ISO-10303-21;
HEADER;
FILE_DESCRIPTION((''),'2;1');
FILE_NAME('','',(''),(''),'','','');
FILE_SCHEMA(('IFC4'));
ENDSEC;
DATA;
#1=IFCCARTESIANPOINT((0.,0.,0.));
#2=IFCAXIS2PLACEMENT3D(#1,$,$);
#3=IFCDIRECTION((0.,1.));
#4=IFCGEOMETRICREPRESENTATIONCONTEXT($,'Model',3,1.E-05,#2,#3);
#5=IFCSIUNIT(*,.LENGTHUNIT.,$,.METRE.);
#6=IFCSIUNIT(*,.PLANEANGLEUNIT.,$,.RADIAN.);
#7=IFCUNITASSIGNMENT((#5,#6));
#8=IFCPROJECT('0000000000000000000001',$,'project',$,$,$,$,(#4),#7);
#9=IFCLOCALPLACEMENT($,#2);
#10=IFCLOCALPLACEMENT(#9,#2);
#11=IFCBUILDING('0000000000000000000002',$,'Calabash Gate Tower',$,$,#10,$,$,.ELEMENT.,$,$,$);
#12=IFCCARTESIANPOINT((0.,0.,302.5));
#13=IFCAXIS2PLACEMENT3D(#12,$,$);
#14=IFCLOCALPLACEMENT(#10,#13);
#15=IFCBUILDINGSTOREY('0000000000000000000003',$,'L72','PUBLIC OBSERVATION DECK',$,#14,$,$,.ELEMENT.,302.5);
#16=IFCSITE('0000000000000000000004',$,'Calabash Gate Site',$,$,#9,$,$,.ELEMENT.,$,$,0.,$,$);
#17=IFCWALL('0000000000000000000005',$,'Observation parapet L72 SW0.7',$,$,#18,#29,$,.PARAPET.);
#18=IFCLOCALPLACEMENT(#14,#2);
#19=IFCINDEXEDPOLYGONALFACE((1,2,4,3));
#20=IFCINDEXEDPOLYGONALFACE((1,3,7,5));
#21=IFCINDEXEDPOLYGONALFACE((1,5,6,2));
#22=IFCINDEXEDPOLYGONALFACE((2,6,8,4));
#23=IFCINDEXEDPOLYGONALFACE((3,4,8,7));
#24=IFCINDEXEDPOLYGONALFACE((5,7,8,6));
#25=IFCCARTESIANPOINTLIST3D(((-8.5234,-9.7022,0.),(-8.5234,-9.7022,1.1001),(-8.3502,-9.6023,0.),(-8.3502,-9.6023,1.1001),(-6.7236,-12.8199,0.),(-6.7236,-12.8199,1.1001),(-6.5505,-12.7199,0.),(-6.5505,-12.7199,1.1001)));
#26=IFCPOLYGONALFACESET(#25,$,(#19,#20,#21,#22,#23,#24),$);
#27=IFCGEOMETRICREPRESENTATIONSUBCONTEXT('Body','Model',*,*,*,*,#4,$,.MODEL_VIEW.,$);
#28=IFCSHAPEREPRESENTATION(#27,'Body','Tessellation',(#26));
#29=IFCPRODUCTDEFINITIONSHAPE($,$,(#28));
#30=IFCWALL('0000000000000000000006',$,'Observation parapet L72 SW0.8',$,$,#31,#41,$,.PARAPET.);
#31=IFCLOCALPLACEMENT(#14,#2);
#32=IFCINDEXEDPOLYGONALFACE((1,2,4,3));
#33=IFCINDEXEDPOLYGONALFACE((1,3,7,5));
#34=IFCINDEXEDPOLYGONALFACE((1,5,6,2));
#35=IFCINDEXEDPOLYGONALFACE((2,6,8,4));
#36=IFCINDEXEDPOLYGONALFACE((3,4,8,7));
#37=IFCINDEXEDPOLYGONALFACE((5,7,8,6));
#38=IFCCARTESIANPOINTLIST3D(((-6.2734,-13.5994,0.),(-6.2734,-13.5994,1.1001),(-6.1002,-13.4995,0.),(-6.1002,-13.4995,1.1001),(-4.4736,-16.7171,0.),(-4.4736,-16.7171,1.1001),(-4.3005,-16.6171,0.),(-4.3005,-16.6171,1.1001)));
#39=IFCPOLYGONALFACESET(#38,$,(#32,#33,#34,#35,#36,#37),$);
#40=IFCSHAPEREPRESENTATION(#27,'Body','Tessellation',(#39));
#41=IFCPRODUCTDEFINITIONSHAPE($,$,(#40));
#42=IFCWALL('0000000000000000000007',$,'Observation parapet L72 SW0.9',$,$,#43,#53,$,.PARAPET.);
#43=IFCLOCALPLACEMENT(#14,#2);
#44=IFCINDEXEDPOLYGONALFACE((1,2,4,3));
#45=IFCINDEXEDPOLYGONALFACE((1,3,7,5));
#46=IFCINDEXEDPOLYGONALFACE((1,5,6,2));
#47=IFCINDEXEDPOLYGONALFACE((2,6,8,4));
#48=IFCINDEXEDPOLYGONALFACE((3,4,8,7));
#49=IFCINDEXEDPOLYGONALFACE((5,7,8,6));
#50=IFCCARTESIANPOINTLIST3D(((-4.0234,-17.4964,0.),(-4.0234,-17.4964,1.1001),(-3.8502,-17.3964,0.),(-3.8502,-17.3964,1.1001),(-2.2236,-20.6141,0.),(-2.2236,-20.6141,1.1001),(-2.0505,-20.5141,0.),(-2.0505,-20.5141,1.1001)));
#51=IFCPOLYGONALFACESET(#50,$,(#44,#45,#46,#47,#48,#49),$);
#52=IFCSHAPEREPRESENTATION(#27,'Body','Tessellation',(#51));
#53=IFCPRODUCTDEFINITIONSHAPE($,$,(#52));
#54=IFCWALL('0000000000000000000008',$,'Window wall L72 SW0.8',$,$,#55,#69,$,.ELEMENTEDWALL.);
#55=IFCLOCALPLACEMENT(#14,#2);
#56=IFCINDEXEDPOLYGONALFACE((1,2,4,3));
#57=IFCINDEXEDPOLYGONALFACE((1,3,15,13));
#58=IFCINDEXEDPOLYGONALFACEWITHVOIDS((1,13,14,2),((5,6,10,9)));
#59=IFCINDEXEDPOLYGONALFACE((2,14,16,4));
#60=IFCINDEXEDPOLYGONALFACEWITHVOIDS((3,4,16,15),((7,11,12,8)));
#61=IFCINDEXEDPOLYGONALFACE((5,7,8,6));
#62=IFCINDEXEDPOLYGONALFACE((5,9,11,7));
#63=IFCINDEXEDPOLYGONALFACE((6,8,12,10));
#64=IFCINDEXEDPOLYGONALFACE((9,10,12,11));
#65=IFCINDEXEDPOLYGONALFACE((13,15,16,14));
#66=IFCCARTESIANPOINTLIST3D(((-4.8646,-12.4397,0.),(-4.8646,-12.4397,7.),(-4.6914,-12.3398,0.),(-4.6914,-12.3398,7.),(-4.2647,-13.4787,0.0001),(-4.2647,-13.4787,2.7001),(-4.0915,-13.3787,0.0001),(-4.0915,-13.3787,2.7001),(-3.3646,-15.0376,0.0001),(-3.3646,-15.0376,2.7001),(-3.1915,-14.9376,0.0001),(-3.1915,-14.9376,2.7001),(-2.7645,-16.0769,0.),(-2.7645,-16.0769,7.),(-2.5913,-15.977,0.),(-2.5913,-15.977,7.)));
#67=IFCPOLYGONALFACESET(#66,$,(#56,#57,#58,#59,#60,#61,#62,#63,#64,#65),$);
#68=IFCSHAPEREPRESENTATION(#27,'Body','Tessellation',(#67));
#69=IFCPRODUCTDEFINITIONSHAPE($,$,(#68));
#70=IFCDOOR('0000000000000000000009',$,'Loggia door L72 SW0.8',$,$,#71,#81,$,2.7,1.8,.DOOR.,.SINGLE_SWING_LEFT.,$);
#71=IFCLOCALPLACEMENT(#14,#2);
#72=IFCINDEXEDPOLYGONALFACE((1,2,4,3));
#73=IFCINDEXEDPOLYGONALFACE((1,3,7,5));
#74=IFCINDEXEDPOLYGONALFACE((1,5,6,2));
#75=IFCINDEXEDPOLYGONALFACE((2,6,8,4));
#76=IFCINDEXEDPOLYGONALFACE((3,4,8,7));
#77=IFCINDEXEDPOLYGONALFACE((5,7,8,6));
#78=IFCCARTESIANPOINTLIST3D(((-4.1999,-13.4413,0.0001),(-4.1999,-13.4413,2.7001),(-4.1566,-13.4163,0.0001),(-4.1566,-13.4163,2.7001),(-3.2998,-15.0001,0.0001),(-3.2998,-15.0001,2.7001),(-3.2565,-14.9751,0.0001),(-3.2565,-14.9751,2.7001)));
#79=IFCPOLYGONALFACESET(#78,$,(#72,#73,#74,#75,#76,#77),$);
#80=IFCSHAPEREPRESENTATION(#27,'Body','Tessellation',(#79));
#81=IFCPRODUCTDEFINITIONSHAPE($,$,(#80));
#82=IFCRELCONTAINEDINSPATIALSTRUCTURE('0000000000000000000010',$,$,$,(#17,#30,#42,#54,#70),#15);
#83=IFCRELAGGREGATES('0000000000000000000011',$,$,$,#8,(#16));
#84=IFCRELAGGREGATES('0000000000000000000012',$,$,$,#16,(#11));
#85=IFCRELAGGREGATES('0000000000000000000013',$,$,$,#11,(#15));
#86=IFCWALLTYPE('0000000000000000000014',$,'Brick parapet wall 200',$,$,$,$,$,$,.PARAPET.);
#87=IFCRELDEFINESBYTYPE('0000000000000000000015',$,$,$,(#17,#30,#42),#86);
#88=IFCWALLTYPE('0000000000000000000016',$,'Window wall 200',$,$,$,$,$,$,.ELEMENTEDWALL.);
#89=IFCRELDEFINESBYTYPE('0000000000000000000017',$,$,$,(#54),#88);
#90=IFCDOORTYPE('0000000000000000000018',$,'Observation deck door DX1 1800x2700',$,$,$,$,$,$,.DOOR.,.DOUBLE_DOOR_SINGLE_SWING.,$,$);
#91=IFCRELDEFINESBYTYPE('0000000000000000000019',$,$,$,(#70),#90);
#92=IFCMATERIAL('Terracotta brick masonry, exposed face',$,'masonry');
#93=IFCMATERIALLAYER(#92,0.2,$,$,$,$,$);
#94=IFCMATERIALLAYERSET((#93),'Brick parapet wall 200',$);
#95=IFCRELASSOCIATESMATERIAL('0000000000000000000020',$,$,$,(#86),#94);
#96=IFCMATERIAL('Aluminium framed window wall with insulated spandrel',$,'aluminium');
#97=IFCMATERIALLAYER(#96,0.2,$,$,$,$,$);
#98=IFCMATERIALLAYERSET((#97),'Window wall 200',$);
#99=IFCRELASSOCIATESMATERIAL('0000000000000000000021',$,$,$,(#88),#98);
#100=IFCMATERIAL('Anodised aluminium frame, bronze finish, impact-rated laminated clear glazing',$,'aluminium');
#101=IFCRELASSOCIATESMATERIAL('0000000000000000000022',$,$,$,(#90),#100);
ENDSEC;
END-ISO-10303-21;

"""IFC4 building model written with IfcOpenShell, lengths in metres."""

from ifc_helpers import new_model, si_unit, direction, frame, frame_2d, origin, place, context, subcontext, project, spatial, rectangle, extrude, material, layer, layer_set, type_object, element, fill, save


model = new_model("IFC4")

# Units and contexts
model_context = context("Model", 3, precision=1e-05, world=origin(), true_north=direction((0.0, 1.0)))
body_context = subcontext(model_context, "Body", "Model", "MODEL_VIEW")
ifc_project = project(units=[si_unit("LENGTHUNIT", "METRE"), si_unit("PLANEANGLEUNIT", "RADIAN")], contexts=[model_context])

# Site, building, storey
site_placement = place(None, origin())
site = spatial("IfcSite", under=ifc_project, at=site_placement, Name="Calabash Gate Site", CompositionType="ELEMENT", RefElevation=0.0)
building_placement = place(site_placement, origin())
building = spatial("IfcBuilding", under=site, at=building_placement, Name="Calabash Gate Tower", CompositionType="ELEMENT")
storey_placement = place(building_placement, frame((0.0, 0.0, 302.5)))
storey = spatial("IfcBuildingStorey", under=building, at=storey_placement, Name="L72", Description="PUBLIC OBSERVATION DECK", CompositionType="ELEMENT", Elevation=302.5)

# Walls
ifc_material_1 = material(Name="Terracotta brick masonry, exposed face", Category="masonry")
ifc_layer_1 = layer(ifc_material_1, 0.2)
ifc_layer_set_1 = layer_set([ifc_layer_1], Name="Brick parapet wall 200")
wall_type_1 = type_object("IfcWallType", Name="Brick parapet wall 200", PredefinedType="PARAPET", material=ifc_layer_set_1)
for number, where, z_axis, x_axis, name in (
    (1, (-8.4368, -9.6523, 0.0), (0.0, 0.0, 1.0), (0.499961, -0.866048, 0.0), "Observation parapet L72 SW0.7"),
    (2, (-6.1868, -13.5496, 0.0), (0.0, 0.0, 1.0), (0.499961, -0.866048, 0.0), "Observation parapet L72 SW0.8"),
    (3, (-3.9368, -17.4465, 0.0), (0.0, 0.0, 1.0), (0.499961, -0.866048, 0.0), "Observation parapet L72 SW0.9"),
):
    element("IfcWall", number, at=place(storey_placement, frame(where, z_axis=z_axis, x_axis=x_axis)), inside=storey, type_object=wall_type_1, Name=name, PredefinedType="PARAPET", context=body_context, shape_type="SweptSolid", body=[
        extrude(rectangle(XDim=3.5999, YDim=0.2, at=frame_2d((1.7998, 0.0))), origin(), (0.0, 0.0, 1.0), 1.1001),
    ])

# Wall, opening, door
ifc_material_2 = material(Name="Aluminium framed window wall with insulated spandrel", Category="aluminium")
ifc_layer_2 = layer(ifc_material_2, 0.2)
ifc_layer_set_2 = layer_set([ifc_layer_2], Name="Window wall 200")
wall_type_2 = type_object("IfcWallType", Name="Window wall 200", PredefinedType="ELEMENTEDWALL", material=ifc_layer_set_2)
wall_1_placement = place(storey_placement, frame((-4.7781, -12.3896, 0.0), z_axis=(0.0, 0.0, 1.0), x_axis=(0.500028, -0.866009, 0.0)))
wall_1 = element("IfcWall", 4, at=wall_1_placement, inside=storey, type_object=wall_type_2, Name="Window wall L72 SW0.8", PredefinedType="ELEMENTEDWALL", context=body_context, shape_type="SweptSolid", body=[
    extrude(rectangle(XDim=4.2, YDim=0.2, at=frame_2d((2.1001, 0.0))), origin(), (0.0, 0.0, 1.0), 7.0),
])
opening_placement = place(wall_1_placement, frame((1.2, 0.0, 0.0)))
opening = element("IfcOpeningElement", 5, at=opening_placement, cuts=wall_1, PredefinedType="OPENING", context=body_context, shape_type="SweptSolid", body=[
    extrude(rectangle(XDim=1.8, YDim=2.7, at=frame_2d((0.8999, 1.3501))), frame((0.0, 0.1099, 0.0), z_axis=(0.0, -1.0, 0.0), x_axis=(1.0, 0.0, 0.0)), (0.0, 0.0, 1.0), 0.22),
])
ifc_material_3 = material(Name="Anodised aluminium frame, bronze finish, impact-rated laminated clear glazing", Category="aluminium")
door_type = type_object("IfcDoorType", Name="Observation deck door DX1 1800x2700", OperationType="DOUBLE_DOOR_SINGLE_SWING", PredefinedType="DOOR", material=ifc_material_3)
door_placement = place(opening_placement, origin())
door = element("IfcDoor", 6, at=door_placement, inside=storey, type_object=door_type, Name="Loggia door L72 SW0.8", OperationType="SINGLE_SWING_LEFT", OverallHeight=2.7, OverallWidth=1.8, PredefinedType="DOOR", context=body_context, shape_type="SweptSolid", body=[
    extrude(rectangle(XDim=1.8, YDim=2.7, at=frame_2d((0.8999, 1.3501))), frame((0.0, 0.0249, 0.0), z_axis=(0.0, -1.0, 0.0), x_axis=(1.0, 0.0, 0.0)), (0.0, 0.0, 1.0), 0.05),
])
fill(opening, door)

save(model, "model.ifc")
